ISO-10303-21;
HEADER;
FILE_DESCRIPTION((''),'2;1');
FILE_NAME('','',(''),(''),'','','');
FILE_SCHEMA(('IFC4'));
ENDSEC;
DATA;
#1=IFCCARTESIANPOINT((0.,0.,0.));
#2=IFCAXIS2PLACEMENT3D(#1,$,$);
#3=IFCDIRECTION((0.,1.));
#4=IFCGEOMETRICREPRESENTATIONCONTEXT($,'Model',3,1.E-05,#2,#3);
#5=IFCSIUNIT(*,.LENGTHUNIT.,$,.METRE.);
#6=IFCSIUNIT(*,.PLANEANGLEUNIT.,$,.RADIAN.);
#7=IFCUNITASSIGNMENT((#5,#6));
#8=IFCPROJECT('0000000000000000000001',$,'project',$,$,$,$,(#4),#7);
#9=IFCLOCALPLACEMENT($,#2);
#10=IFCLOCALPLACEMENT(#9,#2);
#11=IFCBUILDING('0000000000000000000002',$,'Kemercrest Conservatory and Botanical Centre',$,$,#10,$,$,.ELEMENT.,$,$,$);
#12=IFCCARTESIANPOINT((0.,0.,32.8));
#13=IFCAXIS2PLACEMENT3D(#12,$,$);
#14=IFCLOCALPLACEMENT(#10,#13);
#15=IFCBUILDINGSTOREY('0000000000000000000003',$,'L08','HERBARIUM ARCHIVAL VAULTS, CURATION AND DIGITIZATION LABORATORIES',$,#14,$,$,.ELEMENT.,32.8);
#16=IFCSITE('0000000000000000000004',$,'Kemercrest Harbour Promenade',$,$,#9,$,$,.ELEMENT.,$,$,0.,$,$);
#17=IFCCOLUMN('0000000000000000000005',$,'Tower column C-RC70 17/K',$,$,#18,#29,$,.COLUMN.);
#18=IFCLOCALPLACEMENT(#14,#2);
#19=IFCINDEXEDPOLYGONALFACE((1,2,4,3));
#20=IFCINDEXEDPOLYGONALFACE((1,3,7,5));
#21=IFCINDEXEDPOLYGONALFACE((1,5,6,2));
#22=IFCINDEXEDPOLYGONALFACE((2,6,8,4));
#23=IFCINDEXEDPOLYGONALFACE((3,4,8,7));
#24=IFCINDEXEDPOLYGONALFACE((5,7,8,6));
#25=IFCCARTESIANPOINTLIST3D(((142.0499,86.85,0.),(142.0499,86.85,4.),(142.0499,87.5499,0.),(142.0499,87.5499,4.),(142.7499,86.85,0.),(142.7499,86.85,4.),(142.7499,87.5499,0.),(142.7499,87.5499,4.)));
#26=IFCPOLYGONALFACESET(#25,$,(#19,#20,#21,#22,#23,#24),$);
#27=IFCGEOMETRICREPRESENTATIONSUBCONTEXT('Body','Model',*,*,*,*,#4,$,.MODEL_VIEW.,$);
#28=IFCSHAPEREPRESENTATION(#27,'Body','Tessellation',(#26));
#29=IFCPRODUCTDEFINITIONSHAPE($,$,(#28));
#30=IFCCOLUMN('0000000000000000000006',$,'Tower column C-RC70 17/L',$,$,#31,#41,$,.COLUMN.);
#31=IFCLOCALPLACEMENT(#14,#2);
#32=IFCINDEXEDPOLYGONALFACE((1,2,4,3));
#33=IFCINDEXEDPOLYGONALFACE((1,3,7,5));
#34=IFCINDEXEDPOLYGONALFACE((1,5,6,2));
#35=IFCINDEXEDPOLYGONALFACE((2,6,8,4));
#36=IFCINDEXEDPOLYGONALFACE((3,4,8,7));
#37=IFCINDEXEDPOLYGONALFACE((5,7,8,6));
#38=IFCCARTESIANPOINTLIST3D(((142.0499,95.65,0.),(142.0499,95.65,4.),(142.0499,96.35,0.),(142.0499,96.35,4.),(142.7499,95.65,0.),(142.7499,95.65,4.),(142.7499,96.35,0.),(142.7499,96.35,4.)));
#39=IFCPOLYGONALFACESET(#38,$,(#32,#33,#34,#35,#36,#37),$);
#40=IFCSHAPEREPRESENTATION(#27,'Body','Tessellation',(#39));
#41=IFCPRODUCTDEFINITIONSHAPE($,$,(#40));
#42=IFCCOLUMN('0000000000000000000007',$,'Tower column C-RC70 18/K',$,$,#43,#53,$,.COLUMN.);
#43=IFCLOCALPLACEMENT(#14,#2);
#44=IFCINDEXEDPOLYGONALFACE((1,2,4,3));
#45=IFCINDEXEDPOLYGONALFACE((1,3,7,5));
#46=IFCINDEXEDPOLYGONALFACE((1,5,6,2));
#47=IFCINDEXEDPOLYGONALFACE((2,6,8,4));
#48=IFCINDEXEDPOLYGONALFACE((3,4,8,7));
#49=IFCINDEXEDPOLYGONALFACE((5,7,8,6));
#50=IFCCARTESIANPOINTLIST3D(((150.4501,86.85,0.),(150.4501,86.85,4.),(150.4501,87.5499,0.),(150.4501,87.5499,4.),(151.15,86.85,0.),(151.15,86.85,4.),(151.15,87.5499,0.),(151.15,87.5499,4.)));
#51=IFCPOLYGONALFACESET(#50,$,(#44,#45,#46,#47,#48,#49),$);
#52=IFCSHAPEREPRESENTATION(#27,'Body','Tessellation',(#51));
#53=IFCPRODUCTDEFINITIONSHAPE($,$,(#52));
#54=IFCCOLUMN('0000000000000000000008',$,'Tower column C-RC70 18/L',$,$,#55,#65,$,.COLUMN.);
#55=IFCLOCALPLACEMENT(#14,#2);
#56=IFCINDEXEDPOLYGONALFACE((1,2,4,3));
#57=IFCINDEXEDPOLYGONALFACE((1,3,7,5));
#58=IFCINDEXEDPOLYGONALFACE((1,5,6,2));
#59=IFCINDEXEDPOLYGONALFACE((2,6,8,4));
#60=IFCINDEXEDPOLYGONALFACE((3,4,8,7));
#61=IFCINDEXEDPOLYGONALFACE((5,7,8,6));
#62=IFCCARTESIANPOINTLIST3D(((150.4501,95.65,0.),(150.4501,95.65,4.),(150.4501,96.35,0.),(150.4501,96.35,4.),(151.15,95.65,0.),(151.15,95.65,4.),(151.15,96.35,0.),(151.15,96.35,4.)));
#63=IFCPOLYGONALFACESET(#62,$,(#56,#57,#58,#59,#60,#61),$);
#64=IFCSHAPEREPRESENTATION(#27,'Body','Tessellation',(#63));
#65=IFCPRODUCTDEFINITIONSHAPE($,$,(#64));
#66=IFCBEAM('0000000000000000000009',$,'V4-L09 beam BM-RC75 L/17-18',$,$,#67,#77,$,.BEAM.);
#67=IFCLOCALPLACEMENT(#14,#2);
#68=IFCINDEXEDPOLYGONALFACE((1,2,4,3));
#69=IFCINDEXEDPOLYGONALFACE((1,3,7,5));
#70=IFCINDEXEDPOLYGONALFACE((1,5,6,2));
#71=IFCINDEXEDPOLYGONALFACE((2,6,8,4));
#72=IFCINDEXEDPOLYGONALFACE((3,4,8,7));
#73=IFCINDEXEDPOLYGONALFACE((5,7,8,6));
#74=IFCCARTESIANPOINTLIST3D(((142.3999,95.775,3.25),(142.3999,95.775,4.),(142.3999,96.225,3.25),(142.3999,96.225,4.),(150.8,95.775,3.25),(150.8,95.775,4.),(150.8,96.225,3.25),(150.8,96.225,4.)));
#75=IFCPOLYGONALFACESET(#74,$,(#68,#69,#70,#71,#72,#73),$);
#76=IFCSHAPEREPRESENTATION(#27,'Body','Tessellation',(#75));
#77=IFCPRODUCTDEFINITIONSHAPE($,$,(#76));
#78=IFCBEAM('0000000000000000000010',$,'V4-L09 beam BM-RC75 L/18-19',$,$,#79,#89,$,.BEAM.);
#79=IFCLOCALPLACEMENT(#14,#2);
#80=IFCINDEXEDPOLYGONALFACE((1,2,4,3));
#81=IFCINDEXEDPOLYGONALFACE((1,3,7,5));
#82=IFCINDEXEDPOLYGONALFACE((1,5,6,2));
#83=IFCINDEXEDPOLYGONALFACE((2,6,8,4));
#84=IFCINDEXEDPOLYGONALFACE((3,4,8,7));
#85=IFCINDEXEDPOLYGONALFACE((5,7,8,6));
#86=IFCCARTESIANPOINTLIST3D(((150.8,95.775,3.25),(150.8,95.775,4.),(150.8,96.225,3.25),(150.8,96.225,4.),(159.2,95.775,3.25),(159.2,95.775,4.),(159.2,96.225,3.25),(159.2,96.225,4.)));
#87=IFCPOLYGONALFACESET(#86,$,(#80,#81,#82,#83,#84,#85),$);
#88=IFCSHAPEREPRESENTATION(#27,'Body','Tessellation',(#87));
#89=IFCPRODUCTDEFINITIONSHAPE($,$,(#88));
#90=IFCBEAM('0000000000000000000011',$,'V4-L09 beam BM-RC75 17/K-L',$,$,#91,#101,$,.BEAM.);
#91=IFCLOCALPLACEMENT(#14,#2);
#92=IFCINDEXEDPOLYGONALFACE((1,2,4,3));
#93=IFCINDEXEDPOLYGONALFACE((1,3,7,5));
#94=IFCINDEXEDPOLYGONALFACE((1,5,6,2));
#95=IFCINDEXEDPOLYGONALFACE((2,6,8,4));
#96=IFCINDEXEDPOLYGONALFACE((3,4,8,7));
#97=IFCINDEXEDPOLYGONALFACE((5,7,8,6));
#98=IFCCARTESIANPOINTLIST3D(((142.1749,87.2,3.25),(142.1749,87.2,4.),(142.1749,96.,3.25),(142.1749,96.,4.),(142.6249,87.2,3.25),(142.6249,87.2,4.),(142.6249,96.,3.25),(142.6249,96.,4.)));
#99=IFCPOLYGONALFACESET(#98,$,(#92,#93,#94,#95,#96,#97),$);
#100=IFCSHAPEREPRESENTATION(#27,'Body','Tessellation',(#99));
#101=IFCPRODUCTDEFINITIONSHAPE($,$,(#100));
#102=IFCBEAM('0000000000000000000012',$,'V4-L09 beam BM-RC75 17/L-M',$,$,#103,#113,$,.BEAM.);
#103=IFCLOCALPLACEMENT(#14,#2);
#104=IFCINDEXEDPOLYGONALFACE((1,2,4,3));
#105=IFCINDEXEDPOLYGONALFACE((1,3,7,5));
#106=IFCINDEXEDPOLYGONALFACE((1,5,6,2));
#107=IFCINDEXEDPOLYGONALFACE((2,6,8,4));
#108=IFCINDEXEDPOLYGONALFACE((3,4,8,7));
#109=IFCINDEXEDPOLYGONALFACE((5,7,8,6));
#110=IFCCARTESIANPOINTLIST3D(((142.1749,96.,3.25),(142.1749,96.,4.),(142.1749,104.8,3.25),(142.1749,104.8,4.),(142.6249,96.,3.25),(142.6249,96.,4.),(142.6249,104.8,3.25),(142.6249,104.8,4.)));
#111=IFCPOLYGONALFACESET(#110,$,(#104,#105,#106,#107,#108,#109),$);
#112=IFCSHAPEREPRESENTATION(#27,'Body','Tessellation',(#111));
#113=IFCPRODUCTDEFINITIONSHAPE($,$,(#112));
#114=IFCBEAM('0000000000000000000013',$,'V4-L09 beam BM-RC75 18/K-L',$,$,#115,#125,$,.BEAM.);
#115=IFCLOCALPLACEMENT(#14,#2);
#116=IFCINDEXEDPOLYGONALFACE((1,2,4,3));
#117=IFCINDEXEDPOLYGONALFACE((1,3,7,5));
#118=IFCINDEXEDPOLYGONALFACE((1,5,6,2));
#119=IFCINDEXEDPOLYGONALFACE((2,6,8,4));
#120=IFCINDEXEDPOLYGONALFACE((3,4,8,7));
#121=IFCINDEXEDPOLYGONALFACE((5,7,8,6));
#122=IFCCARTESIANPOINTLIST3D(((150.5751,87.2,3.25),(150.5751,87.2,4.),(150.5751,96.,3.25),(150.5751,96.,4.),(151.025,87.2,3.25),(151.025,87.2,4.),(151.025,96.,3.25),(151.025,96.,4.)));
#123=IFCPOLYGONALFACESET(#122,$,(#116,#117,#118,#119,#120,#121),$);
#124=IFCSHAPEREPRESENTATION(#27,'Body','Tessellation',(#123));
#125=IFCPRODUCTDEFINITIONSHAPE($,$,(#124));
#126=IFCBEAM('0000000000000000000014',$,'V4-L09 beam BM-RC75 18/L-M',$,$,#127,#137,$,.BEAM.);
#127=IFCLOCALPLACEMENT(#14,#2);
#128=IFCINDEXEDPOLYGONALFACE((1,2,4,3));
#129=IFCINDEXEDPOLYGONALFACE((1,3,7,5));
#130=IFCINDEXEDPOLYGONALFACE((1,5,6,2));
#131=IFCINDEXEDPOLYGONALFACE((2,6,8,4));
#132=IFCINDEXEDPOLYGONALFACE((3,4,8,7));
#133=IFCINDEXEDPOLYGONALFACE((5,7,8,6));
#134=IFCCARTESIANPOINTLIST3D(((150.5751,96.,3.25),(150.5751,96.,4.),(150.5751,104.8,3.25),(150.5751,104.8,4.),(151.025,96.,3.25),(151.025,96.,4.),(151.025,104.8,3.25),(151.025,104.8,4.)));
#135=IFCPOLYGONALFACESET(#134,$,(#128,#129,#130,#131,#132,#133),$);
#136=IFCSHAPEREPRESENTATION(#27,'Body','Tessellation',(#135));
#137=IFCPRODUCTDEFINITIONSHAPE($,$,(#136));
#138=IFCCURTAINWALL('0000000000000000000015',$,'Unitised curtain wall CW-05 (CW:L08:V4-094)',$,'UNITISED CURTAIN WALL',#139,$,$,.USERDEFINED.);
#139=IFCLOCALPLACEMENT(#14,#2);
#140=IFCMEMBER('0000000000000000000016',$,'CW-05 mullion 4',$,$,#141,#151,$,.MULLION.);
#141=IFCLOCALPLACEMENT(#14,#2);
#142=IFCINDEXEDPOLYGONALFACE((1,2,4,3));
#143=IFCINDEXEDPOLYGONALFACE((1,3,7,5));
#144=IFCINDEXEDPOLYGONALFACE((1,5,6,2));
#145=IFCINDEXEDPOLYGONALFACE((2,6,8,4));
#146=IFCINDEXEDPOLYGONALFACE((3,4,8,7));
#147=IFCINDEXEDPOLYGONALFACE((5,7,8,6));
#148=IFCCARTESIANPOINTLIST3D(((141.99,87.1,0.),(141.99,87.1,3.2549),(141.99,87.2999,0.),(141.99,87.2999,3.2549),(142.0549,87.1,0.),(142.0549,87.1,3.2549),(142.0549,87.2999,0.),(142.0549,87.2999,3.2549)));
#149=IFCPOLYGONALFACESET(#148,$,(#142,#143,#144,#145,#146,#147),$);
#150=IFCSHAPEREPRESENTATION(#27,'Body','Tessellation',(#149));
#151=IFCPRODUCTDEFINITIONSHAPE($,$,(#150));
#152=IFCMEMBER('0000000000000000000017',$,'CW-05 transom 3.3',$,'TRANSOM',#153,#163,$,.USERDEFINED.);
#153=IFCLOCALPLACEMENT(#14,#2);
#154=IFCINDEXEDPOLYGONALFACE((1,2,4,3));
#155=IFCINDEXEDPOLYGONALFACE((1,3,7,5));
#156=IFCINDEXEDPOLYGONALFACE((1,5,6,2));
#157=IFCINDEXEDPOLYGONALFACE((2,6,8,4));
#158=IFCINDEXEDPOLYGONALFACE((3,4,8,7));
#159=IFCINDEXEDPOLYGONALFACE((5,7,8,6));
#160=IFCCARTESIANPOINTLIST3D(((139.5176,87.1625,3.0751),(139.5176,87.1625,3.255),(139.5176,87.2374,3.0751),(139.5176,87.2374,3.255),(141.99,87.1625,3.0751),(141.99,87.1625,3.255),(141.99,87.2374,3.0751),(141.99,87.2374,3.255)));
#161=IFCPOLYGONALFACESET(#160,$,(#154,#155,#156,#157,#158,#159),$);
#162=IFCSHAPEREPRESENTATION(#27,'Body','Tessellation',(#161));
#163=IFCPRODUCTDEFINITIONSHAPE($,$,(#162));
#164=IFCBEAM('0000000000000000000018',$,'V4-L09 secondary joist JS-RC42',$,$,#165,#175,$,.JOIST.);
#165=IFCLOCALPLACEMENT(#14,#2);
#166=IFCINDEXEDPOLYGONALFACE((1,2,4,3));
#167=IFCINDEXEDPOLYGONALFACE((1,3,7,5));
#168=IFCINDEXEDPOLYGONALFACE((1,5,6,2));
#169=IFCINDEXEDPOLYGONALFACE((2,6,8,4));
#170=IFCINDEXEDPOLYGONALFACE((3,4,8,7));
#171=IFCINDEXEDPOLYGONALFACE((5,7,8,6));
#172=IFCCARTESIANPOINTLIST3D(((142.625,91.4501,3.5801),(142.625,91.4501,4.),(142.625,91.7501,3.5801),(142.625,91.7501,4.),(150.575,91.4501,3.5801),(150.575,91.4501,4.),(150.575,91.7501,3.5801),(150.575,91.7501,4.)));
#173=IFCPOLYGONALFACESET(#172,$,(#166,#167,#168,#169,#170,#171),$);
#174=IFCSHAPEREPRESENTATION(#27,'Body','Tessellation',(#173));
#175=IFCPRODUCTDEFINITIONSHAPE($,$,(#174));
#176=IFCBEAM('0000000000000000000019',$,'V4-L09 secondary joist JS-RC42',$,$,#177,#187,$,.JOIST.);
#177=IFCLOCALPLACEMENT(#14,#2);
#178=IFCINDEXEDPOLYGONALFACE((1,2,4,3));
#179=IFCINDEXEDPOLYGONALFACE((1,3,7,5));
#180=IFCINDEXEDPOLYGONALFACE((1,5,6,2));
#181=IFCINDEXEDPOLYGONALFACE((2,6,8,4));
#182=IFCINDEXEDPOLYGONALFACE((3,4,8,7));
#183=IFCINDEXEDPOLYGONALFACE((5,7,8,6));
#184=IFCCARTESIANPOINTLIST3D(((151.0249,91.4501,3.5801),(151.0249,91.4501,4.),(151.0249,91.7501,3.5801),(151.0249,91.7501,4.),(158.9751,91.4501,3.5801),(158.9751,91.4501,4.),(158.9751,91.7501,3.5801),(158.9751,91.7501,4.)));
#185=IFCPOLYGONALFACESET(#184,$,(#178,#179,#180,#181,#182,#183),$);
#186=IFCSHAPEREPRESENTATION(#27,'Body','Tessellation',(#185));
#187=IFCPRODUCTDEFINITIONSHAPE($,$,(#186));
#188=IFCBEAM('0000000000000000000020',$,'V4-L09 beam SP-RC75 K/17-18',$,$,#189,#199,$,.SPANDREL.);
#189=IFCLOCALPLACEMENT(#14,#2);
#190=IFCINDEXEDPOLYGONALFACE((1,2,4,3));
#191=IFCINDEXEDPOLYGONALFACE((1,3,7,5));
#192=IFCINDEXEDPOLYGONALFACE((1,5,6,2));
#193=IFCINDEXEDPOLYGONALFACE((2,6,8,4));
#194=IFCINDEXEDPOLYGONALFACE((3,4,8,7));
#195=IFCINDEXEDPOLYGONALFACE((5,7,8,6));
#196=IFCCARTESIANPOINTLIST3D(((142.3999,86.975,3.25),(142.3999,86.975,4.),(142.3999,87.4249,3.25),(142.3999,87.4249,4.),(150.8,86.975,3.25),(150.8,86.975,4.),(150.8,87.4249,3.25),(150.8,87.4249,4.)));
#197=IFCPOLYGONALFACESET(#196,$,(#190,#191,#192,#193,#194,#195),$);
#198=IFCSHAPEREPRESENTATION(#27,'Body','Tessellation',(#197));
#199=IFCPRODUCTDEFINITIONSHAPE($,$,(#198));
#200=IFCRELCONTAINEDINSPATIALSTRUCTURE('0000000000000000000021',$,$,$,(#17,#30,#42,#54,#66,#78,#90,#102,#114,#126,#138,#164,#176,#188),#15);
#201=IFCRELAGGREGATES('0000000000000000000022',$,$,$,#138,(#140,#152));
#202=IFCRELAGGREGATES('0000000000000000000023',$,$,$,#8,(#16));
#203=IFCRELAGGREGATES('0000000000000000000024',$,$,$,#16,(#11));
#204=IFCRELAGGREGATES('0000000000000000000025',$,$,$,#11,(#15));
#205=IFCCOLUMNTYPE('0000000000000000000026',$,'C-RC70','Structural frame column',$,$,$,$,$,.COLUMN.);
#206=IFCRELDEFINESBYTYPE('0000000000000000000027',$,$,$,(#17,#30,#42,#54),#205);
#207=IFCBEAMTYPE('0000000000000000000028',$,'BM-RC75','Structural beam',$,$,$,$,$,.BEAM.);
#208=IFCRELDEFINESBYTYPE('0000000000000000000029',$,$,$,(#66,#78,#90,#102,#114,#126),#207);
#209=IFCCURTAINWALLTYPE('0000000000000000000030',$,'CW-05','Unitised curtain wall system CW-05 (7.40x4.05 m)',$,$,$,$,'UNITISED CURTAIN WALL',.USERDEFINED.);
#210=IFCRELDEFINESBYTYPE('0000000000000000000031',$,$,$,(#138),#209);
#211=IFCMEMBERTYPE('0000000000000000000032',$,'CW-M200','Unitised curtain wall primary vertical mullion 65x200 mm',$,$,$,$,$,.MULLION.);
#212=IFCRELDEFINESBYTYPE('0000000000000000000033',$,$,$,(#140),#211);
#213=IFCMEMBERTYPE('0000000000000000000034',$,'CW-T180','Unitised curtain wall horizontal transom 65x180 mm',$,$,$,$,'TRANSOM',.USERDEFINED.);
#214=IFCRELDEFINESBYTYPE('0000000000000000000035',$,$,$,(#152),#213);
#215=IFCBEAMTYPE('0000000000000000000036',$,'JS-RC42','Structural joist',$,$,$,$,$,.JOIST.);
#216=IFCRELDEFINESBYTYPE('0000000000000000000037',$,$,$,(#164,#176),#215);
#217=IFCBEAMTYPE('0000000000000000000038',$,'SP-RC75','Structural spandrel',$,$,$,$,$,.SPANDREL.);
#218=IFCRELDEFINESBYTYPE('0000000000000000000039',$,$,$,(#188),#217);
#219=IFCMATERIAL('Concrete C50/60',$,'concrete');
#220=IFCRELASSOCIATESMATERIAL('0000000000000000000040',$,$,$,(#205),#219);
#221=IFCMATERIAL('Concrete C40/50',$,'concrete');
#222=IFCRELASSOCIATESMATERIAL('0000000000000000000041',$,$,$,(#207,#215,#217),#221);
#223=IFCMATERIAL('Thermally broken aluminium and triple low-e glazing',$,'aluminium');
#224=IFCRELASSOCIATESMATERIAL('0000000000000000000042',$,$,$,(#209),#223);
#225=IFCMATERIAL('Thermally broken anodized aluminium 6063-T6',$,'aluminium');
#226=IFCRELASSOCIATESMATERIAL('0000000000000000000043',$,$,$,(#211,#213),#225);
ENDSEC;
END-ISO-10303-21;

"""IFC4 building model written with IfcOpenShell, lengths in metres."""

from ifc_helpers import new_model, si_unit, direction, frame, origin, origin_2d, place, context, subcontext, project, spatial, rectangle, extrude, material, material_profile, profile_set, type_object, element, aggregate, save


model = new_model("IFC4")

# Units and contexts
model_context = context("Model", 3, precision=1e-05, world=origin(), true_north=direction((0.0, 1.0)))
body_context = subcontext(model_context, "Body", "Model", "MODEL_VIEW")
ifc_project = project(units=[si_unit("LENGTHUNIT", "METRE"), si_unit("PLANEANGLEUNIT", "RADIAN")], contexts=[model_context])

# Site, building, storey
site_placement = place(None, origin())
site = spatial("IfcSite", under=ifc_project, at=site_placement, Name="Kemercrest Harbour Promenade", CompositionType="ELEMENT", RefElevation=0.0)
building_placement = place(site_placement, origin())
building = spatial("IfcBuilding", under=site, at=building_placement, Name="Kemercrest Conservatory and Botanical Centre", CompositionType="ELEMENT")
storey_placement = place(building_placement, frame((0.0, 0.0, 32.8)))
storey = spatial("IfcBuildingStorey", under=building, at=storey_placement, Name="L08", Description="HERBARIUM ARCHIVAL VAULTS, CURATION AND DIGITIZATION LABORATORIES", CompositionType="ELEMENT", Elevation=32.8)

# Columns
ifc_material_1 = material(Name="Concrete C50/60", Category="concrete")
ifc_material_profile_1 = material_profile(ifc_material_1, rectangle(XDim=0.7, YDim=0.7, at=origin_2d()), Name="RC 700x700")
ifc_profile_set_1 = profile_set([ifc_material_profile_1], Name="Concrete C50/60")
column_type = type_object("IfcColumnType", Name="C-RC70", Description="Structural frame column", PredefinedType="COLUMN", material=ifc_profile_set_1)
for number, where, z_axis, x_axis, name in (
    (1, (142.3999, 87.2, 0.0), (0.0, 0.0, 1.0), (1.0, 0.0, 0.0), "Tower column C-RC70 17/K"),
    (2, (142.3999, 96.0, 0.0), (0.0, 0.0, 1.0), (1.0, 0.0, 0.0), "Tower column C-RC70 17/L"),
    (3, (150.8, 87.2, 0.0), (0.0, 0.0, 1.0), (1.0, 0.0, 0.0), "Tower column C-RC70 18/K"),
    (4, (150.8, 96.0, 0.0), (0.0, 0.0, 1.0), (1.0, 0.0, 0.0), "Tower column C-RC70 18/L"),
):
    element("IfcColumn", number, at=place(storey_placement, frame(where, z_axis=z_axis, x_axis=x_axis)), inside=storey, type_object=column_type, Name=name, PredefinedType="COLUMN", context=body_context, shape_type="SweptSolid", body=[
        extrude(rectangle(XDim=0.7, YDim=0.7, at=origin_2d()), origin(), (0.0, 0.0, 1.0), 4.0),
    ])

# Beams
ifc_material_2 = material(Name="Concrete C40/50", Category="concrete")
ifc_material_profile_2 = material_profile(ifc_material_2, rectangle(XDim=0.45, YDim=0.75, at=origin_2d()), Name="RC 450x750")
ifc_profile_set_2 = profile_set([ifc_material_profile_2], Name="Concrete C40/50")
beam_type_1 = type_object("IfcBeamType", Name="BM-RC75", Description="Structural beam", PredefinedType="BEAM", material=ifc_profile_set_2)
beam_1_placement = place(storey_placement, frame((142.3999, 96.0, 3.625), z_axis=(1.0, 0.0, 0.0), x_axis=(0.0, 1.0, 0.0)))
element("IfcBeam", 5, at=beam_1_placement, inside=storey, type_object=beam_type_1, Name="V4-L09 beam BM-RC75 L/17-18", PredefinedType="BEAM", context=body_context, shape_type="SweptSolid", body=[
    extrude(rectangle(XDim=0.45, YDim=0.75, at=origin_2d()), origin(), (0.0, 0.0, 1.0), 8.4001),
])
beam_2_placement = place(storey_placement, frame((150.8, 96.0, 3.625), z_axis=(1.0, 0.0, 0.0), x_axis=(0.0, 1.0, 0.0)))
element("IfcBeam", 6, at=beam_2_placement, inside=storey, type_object=beam_type_1, Name="V4-L09 beam BM-RC75 L/18-19", PredefinedType="BEAM", context=body_context, shape_type="SweptSolid", body=[
    extrude(rectangle(XDim=0.45, YDim=0.75, at=origin_2d()), origin(), (0.0, 0.0, 1.0), 8.3999),
])
for number, where, z_axis, x_axis, name in (
    (7, (142.3999, 87.2, 3.625), (0.0, 1.0, 0.0), (-1.0, 0.0, 0.0), "V4-L09 beam BM-RC75 17/K-L"),
    (8, (142.3999, 96.0, 3.625), (0.0, 1.0, 0.0), (-1.0, 0.0, 0.0), "V4-L09 beam BM-RC75 17/L-M"),
    (9, (150.8, 87.2, 3.625), (0.0, 1.0, 0.0), (-1.0, 0.0, 0.0), "V4-L09 beam BM-RC75 18/K-L"),
    (10, (150.8, 96.0, 3.625), (0.0, 1.0, 0.0), (-1.0, 0.0, 0.0), "V4-L09 beam BM-RC75 18/L-M"),
):
    element("IfcBeam", number, at=place(storey_placement, frame(where, z_axis=z_axis, x_axis=x_axis)), inside=storey, type_object=beam_type_1, Name=name, PredefinedType="BEAM", context=body_context, shape_type="SweptSolid", body=[
        extrude(rectangle(XDim=0.45, YDim=0.75, at=origin_2d()), origin(), (0.0, 0.0, 1.0), 8.8),
    ])

# Curtain wall, members
ifc_material_3 = material(Name="Thermally broken aluminium and triple low-e glazing", Category="aluminium")
curtain_wall_type = type_object("IfcCurtainWallType", Name="CW-05", Description="Unitised curtain wall system CW-05 (7.40x4.05 m)", ElementType="UNITISED CURTAIN WALL", PredefinedType="USERDEFINED", material=ifc_material_3)
curtain_wall_placement = place(storey_placement, origin())
curtain_wall = element("IfcCurtainWall", 11, at=curtain_wall_placement, inside=storey, type_object=curtain_wall_type, Name="Unitised curtain wall CW-05 (CW:L08:V4-094)", ObjectType="UNITISED CURTAIN WALL", PredefinedType="USERDEFINED")
ifc_material_4 = material(Name="Thermally broken anodized aluminium 6063-T6", Category="aluminium")
ifc_material_profile_3 = material_profile(ifc_material_4, rectangle(XDim=0.2, YDim=0.0649, at=origin_2d()), Name="AL MULLION 65x200")
ifc_profile_set_3 = profile_set([ifc_material_profile_3], Name="Thermally broken anodized aluminium 6063-T6")
member_type_1 = type_object("IfcMemberType", Name="CW-M200", Description="Unitised curtain wall primary vertical mullion 65x200 mm", PredefinedType="MULLION", material=ifc_profile_set_3)
member_1_placement = place(storey_placement, frame((142.0225, 87.2, 0.0), z_axis=(0.0, 0.0, 1.0), x_axis=(0.0, 1.0, 0.0)))
member_1 = element("IfcMember", 12, at=member_1_placement, type_object=member_type_1, Name="CW-05 mullion 4", PredefinedType="MULLION", context=body_context, shape_type="SweptSolid", body=[
    extrude(rectangle(XDim=0.2, YDim=0.0649, at=origin_2d()), origin(), (0.0, 0.0, 1.0), 3.2549),
])
ifc_material_profile_4 = material_profile(ifc_material_4, rectangle(XDim=0.075, YDim=0.1799, at=origin_2d()), Name="AL TRANSOM 75x180")
ifc_profile_set_4 = profile_set([ifc_material_profile_4], Name="Thermally broken anodized aluminium 6063-T6")
member_type_2 = type_object("IfcMemberType", Name="CW-T180", Description="Unitised curtain wall horizontal transom 65x180 mm", ElementType="TRANSOM", PredefinedType="USERDEFINED", material=ifc_profile_set_4)
member_2_placement = place(storey_placement, frame((139.5176, 87.2, 3.165), z_axis=(1.0, 0.0, 0.0), x_axis=(0.0, 1.0, 0.0)))
member_2 = element("IfcMember", 13, at=member_2_placement, type_object=member_type_2, Name="CW-05 transom 3.3", ObjectType="TRANSOM", PredefinedType="USERDEFINED", context=body_context, shape_type="SweptSolid", body=[
    extrude(rectangle(XDim=0.075, YDim=0.1799, at=origin_2d()), origin(), (0.0, 0.0, 1.0), 2.4724),
])

# Beams
ifc_material_profile_5 = material_profile(ifc_material_2, rectangle(XDim=0.3, YDim=0.4199, at=origin_2d()), Name="RC 300x420")
ifc_profile_set_5 = profile_set([ifc_material_profile_5], Name="Concrete C40/50")
beam_type_2 = type_object("IfcBeamType", Name="JS-RC42", Description="Structural joist", PredefinedType="JOIST", material=ifc_profile_set_5)
beam_3_placement = place(storey_placement, frame((142.625, 91.6001, 3.79), z_axis=(1.0, 0.0, 0.0), x_axis=(0.0, 1.0, 0.0)))
element("IfcBeam", 14, at=beam_3_placement, inside=storey, type_object=beam_type_2, Name="V4-L09 secondary joist JS-RC42", PredefinedType="JOIST", context=body_context, shape_type="SweptSolid", body=[
    extrude(rectangle(XDim=0.3, YDim=0.4199, at=origin_2d()), origin(), (0.0, 0.0, 1.0), 7.95),
])
beam_4_placement = place(storey_placement, frame((151.0249, 91.6001, 3.79), z_axis=(1.0, 0.0, 0.0), x_axis=(0.0, 1.0, 0.0)))
element("IfcBeam", 15, at=beam_4_placement, inside=storey, type_object=beam_type_2, Name="V4-L09 secondary joist JS-RC42", PredefinedType="JOIST", context=body_context, shape_type="SweptSolid", body=[
    extrude(rectangle(XDim=0.3, YDim=0.4199, at=origin_2d()), origin(), (0.0, 0.0, 1.0), 7.9502),
])
ifc_material_profile_6 = material_profile(ifc_material_2, rectangle(XDim=0.45, YDim=0.75, at=origin_2d()), Name="RC 450x750")
ifc_profile_set_6 = profile_set([ifc_material_profile_6], Name="Concrete C40/50")
beam_type_3 = type_object("IfcBeamType", Name="SP-RC75", Description="Structural spandrel", PredefinedType="SPANDREL", material=ifc_profile_set_6)
beam_5_placement = place(storey_placement, frame((142.3999, 87.2, 3.625), z_axis=(1.0, 0.0, 0.0), x_axis=(0.0, 1.0, 0.0)))
element("IfcBeam", 16, at=beam_5_placement, inside=storey, type_object=beam_type_3, Name="V4-L09 beam SP-RC75 K/17-18", PredefinedType="SPANDREL", context=body_context, shape_type="SweptSolid", body=[
    extrude(rectangle(XDim=0.45, YDim=0.75, at=origin_2d()), origin(), (0.0, 0.0, 1.0), 8.4001),
])

aggregate(curtain_wall, [member_1, member_2])

save(model, "model.ifc")
